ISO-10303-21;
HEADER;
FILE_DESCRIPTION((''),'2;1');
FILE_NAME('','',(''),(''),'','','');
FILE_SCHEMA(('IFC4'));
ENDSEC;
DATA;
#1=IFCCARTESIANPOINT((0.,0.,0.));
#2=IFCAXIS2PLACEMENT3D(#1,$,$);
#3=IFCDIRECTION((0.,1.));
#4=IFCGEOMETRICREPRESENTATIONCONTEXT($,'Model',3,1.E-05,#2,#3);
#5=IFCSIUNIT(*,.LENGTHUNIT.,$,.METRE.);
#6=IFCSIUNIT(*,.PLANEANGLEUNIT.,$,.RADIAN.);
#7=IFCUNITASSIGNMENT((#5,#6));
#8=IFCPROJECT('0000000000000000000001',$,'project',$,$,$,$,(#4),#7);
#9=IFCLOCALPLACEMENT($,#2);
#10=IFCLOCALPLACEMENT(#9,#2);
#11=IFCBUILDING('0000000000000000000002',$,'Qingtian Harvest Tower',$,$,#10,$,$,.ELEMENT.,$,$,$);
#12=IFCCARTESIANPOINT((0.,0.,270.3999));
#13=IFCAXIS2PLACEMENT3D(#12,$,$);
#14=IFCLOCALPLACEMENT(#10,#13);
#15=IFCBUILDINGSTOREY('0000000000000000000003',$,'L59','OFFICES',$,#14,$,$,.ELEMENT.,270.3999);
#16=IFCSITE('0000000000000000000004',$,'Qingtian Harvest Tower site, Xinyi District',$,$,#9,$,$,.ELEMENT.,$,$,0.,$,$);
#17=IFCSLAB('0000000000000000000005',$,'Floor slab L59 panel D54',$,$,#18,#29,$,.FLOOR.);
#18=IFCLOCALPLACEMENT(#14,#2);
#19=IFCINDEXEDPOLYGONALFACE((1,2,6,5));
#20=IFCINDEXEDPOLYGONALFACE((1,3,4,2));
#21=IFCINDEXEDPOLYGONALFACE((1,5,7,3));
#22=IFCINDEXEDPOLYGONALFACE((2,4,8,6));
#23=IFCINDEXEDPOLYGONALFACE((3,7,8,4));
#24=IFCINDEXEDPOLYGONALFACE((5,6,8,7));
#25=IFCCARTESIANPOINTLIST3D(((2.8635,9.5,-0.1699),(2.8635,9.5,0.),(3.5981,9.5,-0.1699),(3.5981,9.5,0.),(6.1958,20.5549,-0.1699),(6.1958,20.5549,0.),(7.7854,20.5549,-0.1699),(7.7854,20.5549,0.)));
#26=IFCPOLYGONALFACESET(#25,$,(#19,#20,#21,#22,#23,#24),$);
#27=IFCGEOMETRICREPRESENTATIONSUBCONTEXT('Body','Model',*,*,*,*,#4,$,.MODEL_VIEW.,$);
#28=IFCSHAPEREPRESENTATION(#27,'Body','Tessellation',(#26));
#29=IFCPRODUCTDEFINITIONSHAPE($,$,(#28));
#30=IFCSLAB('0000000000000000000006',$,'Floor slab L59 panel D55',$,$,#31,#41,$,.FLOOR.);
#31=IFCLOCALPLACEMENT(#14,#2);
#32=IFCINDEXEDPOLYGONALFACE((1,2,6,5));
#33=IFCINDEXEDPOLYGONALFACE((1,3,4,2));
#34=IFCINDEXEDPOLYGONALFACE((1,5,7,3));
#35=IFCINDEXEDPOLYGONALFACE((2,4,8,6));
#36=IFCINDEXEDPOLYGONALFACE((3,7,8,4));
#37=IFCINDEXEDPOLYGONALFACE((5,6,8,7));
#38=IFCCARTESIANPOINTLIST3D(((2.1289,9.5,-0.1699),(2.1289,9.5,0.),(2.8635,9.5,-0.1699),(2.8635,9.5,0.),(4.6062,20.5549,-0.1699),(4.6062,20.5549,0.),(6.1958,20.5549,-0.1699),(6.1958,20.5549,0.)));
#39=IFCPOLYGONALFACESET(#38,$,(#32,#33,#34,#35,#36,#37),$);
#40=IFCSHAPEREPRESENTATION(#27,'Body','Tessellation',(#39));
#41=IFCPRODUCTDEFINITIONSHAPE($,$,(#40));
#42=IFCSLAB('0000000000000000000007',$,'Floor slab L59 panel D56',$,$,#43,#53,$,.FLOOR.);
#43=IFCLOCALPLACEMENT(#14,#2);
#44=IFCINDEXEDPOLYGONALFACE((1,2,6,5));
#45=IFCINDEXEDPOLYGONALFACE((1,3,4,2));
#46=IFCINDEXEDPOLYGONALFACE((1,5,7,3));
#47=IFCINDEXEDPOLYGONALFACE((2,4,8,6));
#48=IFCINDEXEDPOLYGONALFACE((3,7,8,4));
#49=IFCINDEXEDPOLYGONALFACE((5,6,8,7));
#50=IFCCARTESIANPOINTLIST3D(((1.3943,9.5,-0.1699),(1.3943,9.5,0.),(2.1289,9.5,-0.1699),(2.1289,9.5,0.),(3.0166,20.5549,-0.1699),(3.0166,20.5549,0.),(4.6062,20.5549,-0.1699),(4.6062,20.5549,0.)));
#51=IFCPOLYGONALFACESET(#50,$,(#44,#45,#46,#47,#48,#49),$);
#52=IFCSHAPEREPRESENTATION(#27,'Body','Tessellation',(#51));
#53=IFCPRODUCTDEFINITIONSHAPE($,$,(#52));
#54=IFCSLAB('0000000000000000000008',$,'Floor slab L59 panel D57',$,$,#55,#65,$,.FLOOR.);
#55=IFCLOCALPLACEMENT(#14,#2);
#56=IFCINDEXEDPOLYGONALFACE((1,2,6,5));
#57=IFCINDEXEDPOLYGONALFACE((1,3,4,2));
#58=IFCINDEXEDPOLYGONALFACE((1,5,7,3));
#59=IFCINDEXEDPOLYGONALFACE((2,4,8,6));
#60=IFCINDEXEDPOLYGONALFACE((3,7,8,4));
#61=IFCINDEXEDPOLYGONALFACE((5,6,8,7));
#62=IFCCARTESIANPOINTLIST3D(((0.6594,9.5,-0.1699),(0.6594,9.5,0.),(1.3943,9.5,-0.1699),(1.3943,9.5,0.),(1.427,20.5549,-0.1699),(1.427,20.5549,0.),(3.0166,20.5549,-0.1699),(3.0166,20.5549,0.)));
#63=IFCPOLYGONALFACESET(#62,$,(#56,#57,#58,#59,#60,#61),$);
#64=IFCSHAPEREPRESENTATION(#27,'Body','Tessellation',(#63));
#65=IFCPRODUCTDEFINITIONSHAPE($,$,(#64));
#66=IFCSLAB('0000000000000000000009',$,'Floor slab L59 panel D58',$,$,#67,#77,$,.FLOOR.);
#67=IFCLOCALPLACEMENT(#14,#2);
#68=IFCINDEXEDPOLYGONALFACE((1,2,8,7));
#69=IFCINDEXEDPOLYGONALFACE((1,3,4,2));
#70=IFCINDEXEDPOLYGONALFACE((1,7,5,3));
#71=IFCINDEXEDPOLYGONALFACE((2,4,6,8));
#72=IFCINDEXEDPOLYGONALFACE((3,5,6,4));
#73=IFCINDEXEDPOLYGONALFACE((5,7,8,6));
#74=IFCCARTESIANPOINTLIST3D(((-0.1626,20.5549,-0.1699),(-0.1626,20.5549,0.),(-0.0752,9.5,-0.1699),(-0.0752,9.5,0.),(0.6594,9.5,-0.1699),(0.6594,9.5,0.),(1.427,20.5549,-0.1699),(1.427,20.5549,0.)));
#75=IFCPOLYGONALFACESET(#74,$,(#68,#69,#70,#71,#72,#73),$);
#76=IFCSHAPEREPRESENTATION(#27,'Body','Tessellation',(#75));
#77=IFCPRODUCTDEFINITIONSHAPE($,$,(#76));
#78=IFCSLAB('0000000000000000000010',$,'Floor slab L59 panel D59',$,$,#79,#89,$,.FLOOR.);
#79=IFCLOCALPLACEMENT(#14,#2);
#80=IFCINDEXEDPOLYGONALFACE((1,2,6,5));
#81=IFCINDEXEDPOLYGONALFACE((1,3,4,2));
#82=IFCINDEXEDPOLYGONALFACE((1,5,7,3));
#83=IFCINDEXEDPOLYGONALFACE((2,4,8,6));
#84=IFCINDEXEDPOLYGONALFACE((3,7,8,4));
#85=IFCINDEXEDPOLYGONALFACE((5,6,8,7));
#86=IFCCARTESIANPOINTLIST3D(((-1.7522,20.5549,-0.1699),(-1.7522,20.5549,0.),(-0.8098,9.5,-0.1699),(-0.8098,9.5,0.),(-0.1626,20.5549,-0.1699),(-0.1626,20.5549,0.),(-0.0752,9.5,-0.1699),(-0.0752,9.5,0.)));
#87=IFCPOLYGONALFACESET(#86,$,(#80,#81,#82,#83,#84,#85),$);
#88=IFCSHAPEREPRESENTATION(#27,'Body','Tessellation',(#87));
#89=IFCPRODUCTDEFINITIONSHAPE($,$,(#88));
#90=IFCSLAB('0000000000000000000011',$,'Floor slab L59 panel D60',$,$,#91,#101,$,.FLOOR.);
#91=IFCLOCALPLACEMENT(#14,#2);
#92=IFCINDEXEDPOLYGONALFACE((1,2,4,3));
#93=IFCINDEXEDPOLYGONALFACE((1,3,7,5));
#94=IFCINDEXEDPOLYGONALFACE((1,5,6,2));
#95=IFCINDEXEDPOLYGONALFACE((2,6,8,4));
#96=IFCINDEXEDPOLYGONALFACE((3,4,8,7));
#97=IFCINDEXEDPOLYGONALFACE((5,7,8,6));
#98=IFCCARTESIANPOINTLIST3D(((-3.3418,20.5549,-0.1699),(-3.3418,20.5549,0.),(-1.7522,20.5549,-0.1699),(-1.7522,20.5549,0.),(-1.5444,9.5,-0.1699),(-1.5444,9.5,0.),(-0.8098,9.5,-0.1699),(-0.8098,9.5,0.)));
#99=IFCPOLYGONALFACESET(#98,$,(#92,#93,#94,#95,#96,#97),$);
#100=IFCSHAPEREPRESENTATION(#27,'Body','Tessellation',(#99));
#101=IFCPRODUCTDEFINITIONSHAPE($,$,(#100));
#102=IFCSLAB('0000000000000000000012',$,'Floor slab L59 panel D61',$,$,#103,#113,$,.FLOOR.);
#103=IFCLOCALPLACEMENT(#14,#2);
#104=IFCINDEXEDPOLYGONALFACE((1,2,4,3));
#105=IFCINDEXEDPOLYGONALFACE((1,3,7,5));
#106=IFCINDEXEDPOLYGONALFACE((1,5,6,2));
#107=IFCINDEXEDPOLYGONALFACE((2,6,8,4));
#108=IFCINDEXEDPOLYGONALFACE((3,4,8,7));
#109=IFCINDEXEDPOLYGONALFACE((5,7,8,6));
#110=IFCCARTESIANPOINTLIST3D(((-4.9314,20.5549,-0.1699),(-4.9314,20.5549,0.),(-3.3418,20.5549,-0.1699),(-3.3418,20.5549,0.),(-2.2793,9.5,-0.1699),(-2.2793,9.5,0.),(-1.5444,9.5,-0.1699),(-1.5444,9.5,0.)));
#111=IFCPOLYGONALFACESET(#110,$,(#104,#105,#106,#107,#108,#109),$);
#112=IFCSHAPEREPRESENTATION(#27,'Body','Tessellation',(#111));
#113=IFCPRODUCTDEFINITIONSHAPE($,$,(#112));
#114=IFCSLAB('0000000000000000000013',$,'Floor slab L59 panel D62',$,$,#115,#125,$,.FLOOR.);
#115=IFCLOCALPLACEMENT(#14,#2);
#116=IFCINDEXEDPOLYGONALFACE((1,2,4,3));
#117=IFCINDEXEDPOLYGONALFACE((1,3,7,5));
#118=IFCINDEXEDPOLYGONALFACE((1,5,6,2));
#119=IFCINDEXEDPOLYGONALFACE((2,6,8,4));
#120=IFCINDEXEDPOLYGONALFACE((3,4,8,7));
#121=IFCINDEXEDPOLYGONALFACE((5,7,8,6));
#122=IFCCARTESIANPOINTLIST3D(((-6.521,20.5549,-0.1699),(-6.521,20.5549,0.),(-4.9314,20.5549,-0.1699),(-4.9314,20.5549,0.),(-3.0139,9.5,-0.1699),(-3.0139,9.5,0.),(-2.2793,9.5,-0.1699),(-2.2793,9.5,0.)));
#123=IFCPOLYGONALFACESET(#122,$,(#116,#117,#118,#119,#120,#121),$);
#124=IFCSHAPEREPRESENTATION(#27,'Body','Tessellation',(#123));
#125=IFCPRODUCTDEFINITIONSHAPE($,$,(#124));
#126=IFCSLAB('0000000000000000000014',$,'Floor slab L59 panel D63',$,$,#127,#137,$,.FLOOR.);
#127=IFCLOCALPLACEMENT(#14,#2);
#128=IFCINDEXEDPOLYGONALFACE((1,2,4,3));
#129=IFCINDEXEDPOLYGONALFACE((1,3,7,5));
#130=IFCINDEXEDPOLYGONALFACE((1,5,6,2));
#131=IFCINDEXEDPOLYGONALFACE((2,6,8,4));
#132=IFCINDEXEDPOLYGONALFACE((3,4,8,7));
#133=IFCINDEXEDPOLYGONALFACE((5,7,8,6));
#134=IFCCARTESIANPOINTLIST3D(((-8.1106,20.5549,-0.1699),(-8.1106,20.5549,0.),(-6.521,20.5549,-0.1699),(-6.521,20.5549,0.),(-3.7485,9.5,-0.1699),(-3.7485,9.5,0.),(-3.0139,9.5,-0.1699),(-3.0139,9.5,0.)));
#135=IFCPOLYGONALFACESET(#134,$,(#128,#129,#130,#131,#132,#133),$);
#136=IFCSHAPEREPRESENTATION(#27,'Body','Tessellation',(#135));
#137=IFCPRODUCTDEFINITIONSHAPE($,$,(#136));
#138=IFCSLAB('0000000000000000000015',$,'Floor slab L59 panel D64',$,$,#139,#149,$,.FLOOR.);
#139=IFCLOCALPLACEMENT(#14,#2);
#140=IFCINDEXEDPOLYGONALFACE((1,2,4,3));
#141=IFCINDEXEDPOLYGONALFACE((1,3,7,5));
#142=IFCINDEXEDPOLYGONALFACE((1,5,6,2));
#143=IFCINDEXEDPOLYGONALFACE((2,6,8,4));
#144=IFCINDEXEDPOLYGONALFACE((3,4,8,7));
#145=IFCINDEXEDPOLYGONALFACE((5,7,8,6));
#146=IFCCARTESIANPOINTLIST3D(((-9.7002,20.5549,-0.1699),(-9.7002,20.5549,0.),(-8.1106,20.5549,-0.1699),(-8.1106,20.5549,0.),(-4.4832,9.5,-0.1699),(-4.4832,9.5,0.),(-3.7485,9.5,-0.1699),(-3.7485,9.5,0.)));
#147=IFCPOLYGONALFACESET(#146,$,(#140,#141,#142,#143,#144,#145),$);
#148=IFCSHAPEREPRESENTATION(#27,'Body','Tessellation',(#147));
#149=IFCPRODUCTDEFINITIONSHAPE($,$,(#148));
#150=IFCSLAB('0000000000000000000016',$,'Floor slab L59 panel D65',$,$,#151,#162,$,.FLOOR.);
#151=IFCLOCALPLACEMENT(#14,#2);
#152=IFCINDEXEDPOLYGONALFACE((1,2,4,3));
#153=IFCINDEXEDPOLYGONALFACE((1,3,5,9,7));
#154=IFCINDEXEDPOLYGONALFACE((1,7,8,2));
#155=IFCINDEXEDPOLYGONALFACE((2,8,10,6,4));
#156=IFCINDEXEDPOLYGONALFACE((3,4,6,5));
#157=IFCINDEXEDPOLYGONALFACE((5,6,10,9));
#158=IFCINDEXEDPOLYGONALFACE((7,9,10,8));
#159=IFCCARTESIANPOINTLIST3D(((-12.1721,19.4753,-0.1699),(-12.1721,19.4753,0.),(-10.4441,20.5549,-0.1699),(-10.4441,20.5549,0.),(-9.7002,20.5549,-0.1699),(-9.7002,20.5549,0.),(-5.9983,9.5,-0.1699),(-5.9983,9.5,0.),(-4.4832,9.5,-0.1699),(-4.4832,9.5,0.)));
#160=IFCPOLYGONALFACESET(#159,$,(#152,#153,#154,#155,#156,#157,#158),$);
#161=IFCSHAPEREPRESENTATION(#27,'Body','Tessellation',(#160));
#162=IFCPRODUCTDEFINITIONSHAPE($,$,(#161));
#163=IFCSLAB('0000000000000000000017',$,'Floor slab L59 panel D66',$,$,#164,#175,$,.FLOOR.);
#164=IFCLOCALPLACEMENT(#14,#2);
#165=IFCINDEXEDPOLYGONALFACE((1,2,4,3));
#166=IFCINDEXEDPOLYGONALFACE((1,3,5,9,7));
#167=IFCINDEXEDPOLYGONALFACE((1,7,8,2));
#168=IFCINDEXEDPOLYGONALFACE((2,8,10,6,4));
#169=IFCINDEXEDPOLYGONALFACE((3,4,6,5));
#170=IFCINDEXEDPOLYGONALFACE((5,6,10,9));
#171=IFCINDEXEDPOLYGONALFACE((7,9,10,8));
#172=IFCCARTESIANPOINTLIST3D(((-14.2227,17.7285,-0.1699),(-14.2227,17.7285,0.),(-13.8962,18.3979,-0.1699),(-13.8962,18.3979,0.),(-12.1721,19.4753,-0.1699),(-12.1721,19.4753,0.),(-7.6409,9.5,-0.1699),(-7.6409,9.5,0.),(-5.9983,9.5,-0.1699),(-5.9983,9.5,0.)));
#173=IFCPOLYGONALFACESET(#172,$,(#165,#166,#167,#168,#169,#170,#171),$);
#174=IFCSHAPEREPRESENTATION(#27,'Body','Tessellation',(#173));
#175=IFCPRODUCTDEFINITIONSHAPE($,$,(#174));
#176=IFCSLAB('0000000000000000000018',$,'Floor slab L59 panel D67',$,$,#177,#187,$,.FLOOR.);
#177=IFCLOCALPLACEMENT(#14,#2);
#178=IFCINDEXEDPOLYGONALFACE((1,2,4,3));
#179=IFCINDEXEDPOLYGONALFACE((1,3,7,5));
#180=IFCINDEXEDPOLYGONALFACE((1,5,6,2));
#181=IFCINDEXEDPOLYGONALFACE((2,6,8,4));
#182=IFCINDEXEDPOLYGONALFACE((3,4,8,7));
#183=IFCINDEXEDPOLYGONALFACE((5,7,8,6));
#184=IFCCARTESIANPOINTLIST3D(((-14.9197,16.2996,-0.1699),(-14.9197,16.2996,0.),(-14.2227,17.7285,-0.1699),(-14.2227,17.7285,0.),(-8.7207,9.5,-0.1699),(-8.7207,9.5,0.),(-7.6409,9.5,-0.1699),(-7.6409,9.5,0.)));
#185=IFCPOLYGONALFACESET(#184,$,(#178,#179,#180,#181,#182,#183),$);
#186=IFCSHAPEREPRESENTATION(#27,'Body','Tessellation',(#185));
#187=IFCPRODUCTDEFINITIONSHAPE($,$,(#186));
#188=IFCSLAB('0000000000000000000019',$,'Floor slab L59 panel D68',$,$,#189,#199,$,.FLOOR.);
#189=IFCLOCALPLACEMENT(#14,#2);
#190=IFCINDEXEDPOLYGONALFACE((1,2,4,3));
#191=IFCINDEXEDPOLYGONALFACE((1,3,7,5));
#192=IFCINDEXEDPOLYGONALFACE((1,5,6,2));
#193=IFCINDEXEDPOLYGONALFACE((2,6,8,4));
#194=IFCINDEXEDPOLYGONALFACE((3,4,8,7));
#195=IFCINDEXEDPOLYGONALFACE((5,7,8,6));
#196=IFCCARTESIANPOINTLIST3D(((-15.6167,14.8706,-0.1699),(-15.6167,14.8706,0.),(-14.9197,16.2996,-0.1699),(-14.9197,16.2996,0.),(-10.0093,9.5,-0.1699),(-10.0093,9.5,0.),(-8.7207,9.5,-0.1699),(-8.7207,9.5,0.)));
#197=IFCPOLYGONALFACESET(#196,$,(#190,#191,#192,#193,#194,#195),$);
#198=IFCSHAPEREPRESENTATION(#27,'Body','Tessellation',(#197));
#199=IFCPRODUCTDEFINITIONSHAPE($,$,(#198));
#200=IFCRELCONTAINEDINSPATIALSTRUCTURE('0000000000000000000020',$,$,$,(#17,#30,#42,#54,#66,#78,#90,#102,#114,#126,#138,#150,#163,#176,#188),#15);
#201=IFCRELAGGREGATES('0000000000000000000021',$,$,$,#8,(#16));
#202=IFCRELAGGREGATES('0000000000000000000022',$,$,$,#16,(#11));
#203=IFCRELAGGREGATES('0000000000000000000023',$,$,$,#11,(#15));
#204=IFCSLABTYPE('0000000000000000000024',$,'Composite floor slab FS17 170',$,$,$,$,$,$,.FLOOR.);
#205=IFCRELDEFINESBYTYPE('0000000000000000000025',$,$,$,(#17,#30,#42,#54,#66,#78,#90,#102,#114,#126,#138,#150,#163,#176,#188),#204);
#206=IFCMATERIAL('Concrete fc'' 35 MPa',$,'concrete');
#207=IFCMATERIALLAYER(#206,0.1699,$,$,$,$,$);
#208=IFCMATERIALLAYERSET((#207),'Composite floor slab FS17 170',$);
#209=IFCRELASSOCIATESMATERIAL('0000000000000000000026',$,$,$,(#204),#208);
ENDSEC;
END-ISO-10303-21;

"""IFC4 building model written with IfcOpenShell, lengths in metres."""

from ifc_helpers import new_model, si_unit, direction, frame, origin, place, context, subcontext, project, spatial, polyline, outline, extrude, material, layer, layer_set, type_object, element, save


model = new_model("IFC4")

# Units and contexts
model_context = context("Model", 3, precision=1e-05, world=origin(), true_north=direction((0.0, 1.0)))
body_context = subcontext(model_context, "Body", "Model", "MODEL_VIEW")
ifc_project = project(units=[si_unit("LENGTHUNIT", "METRE"), si_unit("PLANEANGLEUNIT", "RADIAN")], contexts=[model_context])

# Site, building, storey
site_placement = place(None, origin())
site = spatial("IfcSite", under=ifc_project, at=site_placement, Name="Qingtian Harvest Tower site, Xinyi District", CompositionType="ELEMENT", RefElevation=0.0)
building_placement = place(site_placement, origin())
building = spatial("IfcBuilding", under=site, at=building_placement, Name="Qingtian Harvest Tower", CompositionType="ELEMENT")
storey_placement = place(building_placement, frame((0.0, 0.0, 270.3999)))
storey = spatial("IfcBuildingStorey", under=building, at=storey_placement, Name="L59", Description="OFFICES", CompositionType="ELEMENT", Elevation=270.3999)

# Slabs
ifc_material_1 = material(Name="Concrete fc' 35 MPa", Category="concrete")
ifc_layer_1 = layer(ifc_material_1, 0.1699)
ifc_layer_set_1 = layer_set([ifc_layer_1], Name="Composite floor slab FS17 170")
slab_type = type_object("IfcSlabType", Name="Composite floor slab FS17 170", PredefinedType="FLOOR", material=ifc_layer_set_1)
slab_1_placement = place(storey_placement, frame((0.0, 0.0, -0.1699)))
element("IfcSlab", 1, at=slab_1_placement, inside=storey, type_object=slab_type, Name="Floor slab L59 panel D54", PredefinedType="FLOOR", context=body_context, shape_type="SweptSolid", body=[
    extrude(outline(polyline([(2.8635, 9.5), (6.1958, 20.5549), (7.7854, 20.5549), (3.5981, 9.5), (2.8635, 9.5)])), origin(), (0.0, 0.0, 1.0), 0.1699),
])
slab_2_placement = place(storey_placement, frame((0.0, 0.0, -0.1699)))
element("IfcSlab", 2, at=slab_2_placement, inside=storey, type_object=slab_type, Name="Floor slab L59 panel D55", PredefinedType="FLOOR", context=body_context, shape_type="SweptSolid", body=[
    extrude(outline(polyline([(2.1289, 9.5), (4.6062, 20.5549), (6.1958, 20.5549), (2.8635, 9.5), (2.1289, 9.5)])), origin(), (0.0, 0.0, 1.0), 0.1699),
])
slab_3_placement = place(storey_placement, frame((0.0, 0.0, -0.1699)))
element("IfcSlab", 3, at=slab_3_placement, inside=storey, type_object=slab_type, Name="Floor slab L59 panel D56", PredefinedType="FLOOR", context=body_context, shape_type="SweptSolid", body=[
    extrude(outline(polyline([(1.3943, 9.5), (3.0166, 20.5549), (4.6062, 20.5549), (2.1289, 9.5), (1.3943, 9.5)])), origin(), (0.0, 0.0, 1.0), 0.1699),
])
slab_4_placement = place(storey_placement, frame((0.0, 0.0, -0.1699)))
element("IfcSlab", 4, at=slab_4_placement, inside=storey, type_object=slab_type, Name="Floor slab L59 panel D57", PredefinedType="FLOOR", context=body_context, shape_type="SweptSolid", body=[
    extrude(outline(polyline([(0.6594, 9.5), (1.427, 20.5549), (3.0166, 20.5549), (1.3943, 9.5), (0.6594, 9.5)])), origin(), (0.0, 0.0, 1.0), 0.1699),
])
slab_5_placement = place(storey_placement, frame((0.0, 0.0, -0.1699)))
element("IfcSlab", 5, at=slab_5_placement, inside=storey, type_object=slab_type, Name="Floor slab L59 panel D58", PredefinedType="FLOOR", context=body_context, shape_type="SweptSolid", body=[
    extrude(outline(polyline([(-0.0752, 9.5), (-0.1626, 20.5549), (1.427, 20.5549), (0.6594, 9.5), (-0.0752, 9.5)])), origin(), (0.0, 0.0, 1.0), 0.1699),
])
slab_6_placement = place(storey_placement, frame((0.0, 0.0, -0.1699)))
element("IfcSlab", 6, at=slab_6_placement, inside=storey, type_object=slab_type, Name="Floor slab L59 panel D59", PredefinedType="FLOOR", context=body_context, shape_type="SweptSolid", body=[
    extrude(outline(polyline([(-0.8098, 9.5), (-1.7522, 20.5549), (-0.1626, 20.5549), (-0.0752, 9.5), (-0.8098, 9.5)])), origin(), (0.0, 0.0, 1.0), 0.1699),
])
slab_7_placement = place(storey_placement, frame((0.0, 0.0, -0.1699)))
element("IfcSlab", 7, at=slab_7_placement, inside=storey, type_object=slab_type, Name="Floor slab L59 panel D60", PredefinedType="FLOOR", context=body_context, shape_type="SweptSolid", body=[
    extrude(outline(polyline([(-1.5444, 9.5), (-3.3418, 20.5549), (-1.7522, 20.5549), (-0.8098, 9.5), (-1.5444, 9.5)])), origin(), (0.0, 0.0, 1.0), 0.1699),
])
slab_8_placement = place(storey_placement, frame((0.0, 0.0, -0.1699)))
element("IfcSlab", 8, at=slab_8_placement, inside=storey, type_object=slab_type, Name="Floor slab L59 panel D61", PredefinedType="FLOOR", context=body_context, shape_type="SweptSolid", body=[
    extrude(outline(polyline([(-2.2793, 9.5), (-4.9314, 20.5549), (-3.3418, 20.5549), (-1.5444, 9.5), (-2.2793, 9.5)])), origin(), (0.0, 0.0, 1.0), 0.1699),
])
slab_9_placement = place(storey_placement, frame((0.0, 0.0, -0.1699)))
element("IfcSlab", 9, at=slab_9_placement, inside=storey, type_object=slab_type, Name="Floor slab L59 panel D62", PredefinedType="FLOOR", context=body_context, shape_type="SweptSolid", body=[
    extrude(outline(polyline([(-3.0139, 9.5), (-6.521, 20.5549), (-4.9314, 20.5549), (-2.2793, 9.5), (-3.0139, 9.5)])), origin(), (0.0, 0.0, 1.0), 0.1699),
])
slab_10_placement = place(storey_placement, frame((0.0, 0.0, -0.1699)))
element("IfcSlab", 10, at=slab_10_placement, inside=storey, type_object=slab_type, Name="Floor slab L59 panel D63", PredefinedType="FLOOR", context=body_context, shape_type="SweptSolid", body=[
    extrude(outline(polyline([(-3.7485, 9.5), (-8.1106, 20.5549), (-6.521, 20.5549), (-3.0139, 9.5), (-3.7485, 9.5)])), origin(), (0.0, 0.0, 1.0), 0.1699),
])
slab_11_placement = place(storey_placement, frame((0.0, 0.0, -0.1699)))
element("IfcSlab", 11, at=slab_11_placement, inside=storey, type_object=slab_type, Name="Floor slab L59 panel D64", PredefinedType="FLOOR", context=body_context, shape_type="SweptSolid", body=[
    extrude(outline(polyline([(-4.4832, 9.5), (-9.7002, 20.5549), (-8.1106, 20.5549), (-3.7485, 9.5), (-4.4832, 9.5)])), origin(), (0.0, 0.0, 1.0), 0.1699),
])
slab_12_placement = place(storey_placement, frame((0.0, 0.0, -0.1699)))
element("IfcSlab", 12, at=slab_12_placement, inside=storey, type_object=slab_type, Name="Floor slab L59 panel D65", PredefinedType="FLOOR", context=body_context, shape_type="SweptSolid", body=[
    extrude(outline(polyline([(-4.4832, 9.5), (-5.9983, 9.5), (-12.1721, 19.4753), (-10.4441, 20.5549), (-9.7002, 20.5549), (-4.4832, 9.5)])), origin(), (0.0, 0.0, 1.0), 0.1699),
])
slab_13_placement = place(storey_placement, frame((0.0, 0.0, -0.1699)))
element("IfcSlab", 13, at=slab_13_placement, inside=storey, type_object=slab_type, Name="Floor slab L59 panel D66", PredefinedType="FLOOR", context=body_context, shape_type="SweptSolid", body=[
    extrude(outline(polyline([(-5.9983, 9.5), (-7.6409, 9.5), (-14.2227, 17.7285), (-13.8962, 18.3979), (-12.1721, 19.4753), (-5.9983, 9.5)])), origin(), (0.0, 0.0, 1.0), 0.1699),
])
slab_14_placement = place(storey_placement, frame((0.0, 0.0, -0.1699)))
element("IfcSlab", 14, at=slab_14_placement, inside=storey, type_object=slab_type, Name="Floor slab L59 panel D67", PredefinedType="FLOOR", context=body_context, shape_type="SweptSolid", body=[
    extrude(outline(polyline([(-8.7207, 9.5), (-14.9197, 16.2996), (-14.2227, 17.7285), (-7.6409, 9.5), (-8.7207, 9.5)])), origin(), (0.0, 0.0, 1.0), 0.1699),
])
slab_15_placement = place(storey_placement, frame((0.0, 0.0, -0.1699)))
element("IfcSlab", 15, at=slab_15_placement, inside=storey, type_object=slab_type, Name="Floor slab L59 panel D68", PredefinedType="FLOOR", context=body_context, shape_type="SweptSolid", body=[
    extrude(outline(polyline([(-10.0093, 9.5), (-15.6167, 14.8706), (-14.9197, 16.2996), (-8.7207, 9.5), (-10.0093, 9.5)])), origin(), (0.0, 0.0, 1.0), 0.1699),
])

save(model, "model.ifc")
